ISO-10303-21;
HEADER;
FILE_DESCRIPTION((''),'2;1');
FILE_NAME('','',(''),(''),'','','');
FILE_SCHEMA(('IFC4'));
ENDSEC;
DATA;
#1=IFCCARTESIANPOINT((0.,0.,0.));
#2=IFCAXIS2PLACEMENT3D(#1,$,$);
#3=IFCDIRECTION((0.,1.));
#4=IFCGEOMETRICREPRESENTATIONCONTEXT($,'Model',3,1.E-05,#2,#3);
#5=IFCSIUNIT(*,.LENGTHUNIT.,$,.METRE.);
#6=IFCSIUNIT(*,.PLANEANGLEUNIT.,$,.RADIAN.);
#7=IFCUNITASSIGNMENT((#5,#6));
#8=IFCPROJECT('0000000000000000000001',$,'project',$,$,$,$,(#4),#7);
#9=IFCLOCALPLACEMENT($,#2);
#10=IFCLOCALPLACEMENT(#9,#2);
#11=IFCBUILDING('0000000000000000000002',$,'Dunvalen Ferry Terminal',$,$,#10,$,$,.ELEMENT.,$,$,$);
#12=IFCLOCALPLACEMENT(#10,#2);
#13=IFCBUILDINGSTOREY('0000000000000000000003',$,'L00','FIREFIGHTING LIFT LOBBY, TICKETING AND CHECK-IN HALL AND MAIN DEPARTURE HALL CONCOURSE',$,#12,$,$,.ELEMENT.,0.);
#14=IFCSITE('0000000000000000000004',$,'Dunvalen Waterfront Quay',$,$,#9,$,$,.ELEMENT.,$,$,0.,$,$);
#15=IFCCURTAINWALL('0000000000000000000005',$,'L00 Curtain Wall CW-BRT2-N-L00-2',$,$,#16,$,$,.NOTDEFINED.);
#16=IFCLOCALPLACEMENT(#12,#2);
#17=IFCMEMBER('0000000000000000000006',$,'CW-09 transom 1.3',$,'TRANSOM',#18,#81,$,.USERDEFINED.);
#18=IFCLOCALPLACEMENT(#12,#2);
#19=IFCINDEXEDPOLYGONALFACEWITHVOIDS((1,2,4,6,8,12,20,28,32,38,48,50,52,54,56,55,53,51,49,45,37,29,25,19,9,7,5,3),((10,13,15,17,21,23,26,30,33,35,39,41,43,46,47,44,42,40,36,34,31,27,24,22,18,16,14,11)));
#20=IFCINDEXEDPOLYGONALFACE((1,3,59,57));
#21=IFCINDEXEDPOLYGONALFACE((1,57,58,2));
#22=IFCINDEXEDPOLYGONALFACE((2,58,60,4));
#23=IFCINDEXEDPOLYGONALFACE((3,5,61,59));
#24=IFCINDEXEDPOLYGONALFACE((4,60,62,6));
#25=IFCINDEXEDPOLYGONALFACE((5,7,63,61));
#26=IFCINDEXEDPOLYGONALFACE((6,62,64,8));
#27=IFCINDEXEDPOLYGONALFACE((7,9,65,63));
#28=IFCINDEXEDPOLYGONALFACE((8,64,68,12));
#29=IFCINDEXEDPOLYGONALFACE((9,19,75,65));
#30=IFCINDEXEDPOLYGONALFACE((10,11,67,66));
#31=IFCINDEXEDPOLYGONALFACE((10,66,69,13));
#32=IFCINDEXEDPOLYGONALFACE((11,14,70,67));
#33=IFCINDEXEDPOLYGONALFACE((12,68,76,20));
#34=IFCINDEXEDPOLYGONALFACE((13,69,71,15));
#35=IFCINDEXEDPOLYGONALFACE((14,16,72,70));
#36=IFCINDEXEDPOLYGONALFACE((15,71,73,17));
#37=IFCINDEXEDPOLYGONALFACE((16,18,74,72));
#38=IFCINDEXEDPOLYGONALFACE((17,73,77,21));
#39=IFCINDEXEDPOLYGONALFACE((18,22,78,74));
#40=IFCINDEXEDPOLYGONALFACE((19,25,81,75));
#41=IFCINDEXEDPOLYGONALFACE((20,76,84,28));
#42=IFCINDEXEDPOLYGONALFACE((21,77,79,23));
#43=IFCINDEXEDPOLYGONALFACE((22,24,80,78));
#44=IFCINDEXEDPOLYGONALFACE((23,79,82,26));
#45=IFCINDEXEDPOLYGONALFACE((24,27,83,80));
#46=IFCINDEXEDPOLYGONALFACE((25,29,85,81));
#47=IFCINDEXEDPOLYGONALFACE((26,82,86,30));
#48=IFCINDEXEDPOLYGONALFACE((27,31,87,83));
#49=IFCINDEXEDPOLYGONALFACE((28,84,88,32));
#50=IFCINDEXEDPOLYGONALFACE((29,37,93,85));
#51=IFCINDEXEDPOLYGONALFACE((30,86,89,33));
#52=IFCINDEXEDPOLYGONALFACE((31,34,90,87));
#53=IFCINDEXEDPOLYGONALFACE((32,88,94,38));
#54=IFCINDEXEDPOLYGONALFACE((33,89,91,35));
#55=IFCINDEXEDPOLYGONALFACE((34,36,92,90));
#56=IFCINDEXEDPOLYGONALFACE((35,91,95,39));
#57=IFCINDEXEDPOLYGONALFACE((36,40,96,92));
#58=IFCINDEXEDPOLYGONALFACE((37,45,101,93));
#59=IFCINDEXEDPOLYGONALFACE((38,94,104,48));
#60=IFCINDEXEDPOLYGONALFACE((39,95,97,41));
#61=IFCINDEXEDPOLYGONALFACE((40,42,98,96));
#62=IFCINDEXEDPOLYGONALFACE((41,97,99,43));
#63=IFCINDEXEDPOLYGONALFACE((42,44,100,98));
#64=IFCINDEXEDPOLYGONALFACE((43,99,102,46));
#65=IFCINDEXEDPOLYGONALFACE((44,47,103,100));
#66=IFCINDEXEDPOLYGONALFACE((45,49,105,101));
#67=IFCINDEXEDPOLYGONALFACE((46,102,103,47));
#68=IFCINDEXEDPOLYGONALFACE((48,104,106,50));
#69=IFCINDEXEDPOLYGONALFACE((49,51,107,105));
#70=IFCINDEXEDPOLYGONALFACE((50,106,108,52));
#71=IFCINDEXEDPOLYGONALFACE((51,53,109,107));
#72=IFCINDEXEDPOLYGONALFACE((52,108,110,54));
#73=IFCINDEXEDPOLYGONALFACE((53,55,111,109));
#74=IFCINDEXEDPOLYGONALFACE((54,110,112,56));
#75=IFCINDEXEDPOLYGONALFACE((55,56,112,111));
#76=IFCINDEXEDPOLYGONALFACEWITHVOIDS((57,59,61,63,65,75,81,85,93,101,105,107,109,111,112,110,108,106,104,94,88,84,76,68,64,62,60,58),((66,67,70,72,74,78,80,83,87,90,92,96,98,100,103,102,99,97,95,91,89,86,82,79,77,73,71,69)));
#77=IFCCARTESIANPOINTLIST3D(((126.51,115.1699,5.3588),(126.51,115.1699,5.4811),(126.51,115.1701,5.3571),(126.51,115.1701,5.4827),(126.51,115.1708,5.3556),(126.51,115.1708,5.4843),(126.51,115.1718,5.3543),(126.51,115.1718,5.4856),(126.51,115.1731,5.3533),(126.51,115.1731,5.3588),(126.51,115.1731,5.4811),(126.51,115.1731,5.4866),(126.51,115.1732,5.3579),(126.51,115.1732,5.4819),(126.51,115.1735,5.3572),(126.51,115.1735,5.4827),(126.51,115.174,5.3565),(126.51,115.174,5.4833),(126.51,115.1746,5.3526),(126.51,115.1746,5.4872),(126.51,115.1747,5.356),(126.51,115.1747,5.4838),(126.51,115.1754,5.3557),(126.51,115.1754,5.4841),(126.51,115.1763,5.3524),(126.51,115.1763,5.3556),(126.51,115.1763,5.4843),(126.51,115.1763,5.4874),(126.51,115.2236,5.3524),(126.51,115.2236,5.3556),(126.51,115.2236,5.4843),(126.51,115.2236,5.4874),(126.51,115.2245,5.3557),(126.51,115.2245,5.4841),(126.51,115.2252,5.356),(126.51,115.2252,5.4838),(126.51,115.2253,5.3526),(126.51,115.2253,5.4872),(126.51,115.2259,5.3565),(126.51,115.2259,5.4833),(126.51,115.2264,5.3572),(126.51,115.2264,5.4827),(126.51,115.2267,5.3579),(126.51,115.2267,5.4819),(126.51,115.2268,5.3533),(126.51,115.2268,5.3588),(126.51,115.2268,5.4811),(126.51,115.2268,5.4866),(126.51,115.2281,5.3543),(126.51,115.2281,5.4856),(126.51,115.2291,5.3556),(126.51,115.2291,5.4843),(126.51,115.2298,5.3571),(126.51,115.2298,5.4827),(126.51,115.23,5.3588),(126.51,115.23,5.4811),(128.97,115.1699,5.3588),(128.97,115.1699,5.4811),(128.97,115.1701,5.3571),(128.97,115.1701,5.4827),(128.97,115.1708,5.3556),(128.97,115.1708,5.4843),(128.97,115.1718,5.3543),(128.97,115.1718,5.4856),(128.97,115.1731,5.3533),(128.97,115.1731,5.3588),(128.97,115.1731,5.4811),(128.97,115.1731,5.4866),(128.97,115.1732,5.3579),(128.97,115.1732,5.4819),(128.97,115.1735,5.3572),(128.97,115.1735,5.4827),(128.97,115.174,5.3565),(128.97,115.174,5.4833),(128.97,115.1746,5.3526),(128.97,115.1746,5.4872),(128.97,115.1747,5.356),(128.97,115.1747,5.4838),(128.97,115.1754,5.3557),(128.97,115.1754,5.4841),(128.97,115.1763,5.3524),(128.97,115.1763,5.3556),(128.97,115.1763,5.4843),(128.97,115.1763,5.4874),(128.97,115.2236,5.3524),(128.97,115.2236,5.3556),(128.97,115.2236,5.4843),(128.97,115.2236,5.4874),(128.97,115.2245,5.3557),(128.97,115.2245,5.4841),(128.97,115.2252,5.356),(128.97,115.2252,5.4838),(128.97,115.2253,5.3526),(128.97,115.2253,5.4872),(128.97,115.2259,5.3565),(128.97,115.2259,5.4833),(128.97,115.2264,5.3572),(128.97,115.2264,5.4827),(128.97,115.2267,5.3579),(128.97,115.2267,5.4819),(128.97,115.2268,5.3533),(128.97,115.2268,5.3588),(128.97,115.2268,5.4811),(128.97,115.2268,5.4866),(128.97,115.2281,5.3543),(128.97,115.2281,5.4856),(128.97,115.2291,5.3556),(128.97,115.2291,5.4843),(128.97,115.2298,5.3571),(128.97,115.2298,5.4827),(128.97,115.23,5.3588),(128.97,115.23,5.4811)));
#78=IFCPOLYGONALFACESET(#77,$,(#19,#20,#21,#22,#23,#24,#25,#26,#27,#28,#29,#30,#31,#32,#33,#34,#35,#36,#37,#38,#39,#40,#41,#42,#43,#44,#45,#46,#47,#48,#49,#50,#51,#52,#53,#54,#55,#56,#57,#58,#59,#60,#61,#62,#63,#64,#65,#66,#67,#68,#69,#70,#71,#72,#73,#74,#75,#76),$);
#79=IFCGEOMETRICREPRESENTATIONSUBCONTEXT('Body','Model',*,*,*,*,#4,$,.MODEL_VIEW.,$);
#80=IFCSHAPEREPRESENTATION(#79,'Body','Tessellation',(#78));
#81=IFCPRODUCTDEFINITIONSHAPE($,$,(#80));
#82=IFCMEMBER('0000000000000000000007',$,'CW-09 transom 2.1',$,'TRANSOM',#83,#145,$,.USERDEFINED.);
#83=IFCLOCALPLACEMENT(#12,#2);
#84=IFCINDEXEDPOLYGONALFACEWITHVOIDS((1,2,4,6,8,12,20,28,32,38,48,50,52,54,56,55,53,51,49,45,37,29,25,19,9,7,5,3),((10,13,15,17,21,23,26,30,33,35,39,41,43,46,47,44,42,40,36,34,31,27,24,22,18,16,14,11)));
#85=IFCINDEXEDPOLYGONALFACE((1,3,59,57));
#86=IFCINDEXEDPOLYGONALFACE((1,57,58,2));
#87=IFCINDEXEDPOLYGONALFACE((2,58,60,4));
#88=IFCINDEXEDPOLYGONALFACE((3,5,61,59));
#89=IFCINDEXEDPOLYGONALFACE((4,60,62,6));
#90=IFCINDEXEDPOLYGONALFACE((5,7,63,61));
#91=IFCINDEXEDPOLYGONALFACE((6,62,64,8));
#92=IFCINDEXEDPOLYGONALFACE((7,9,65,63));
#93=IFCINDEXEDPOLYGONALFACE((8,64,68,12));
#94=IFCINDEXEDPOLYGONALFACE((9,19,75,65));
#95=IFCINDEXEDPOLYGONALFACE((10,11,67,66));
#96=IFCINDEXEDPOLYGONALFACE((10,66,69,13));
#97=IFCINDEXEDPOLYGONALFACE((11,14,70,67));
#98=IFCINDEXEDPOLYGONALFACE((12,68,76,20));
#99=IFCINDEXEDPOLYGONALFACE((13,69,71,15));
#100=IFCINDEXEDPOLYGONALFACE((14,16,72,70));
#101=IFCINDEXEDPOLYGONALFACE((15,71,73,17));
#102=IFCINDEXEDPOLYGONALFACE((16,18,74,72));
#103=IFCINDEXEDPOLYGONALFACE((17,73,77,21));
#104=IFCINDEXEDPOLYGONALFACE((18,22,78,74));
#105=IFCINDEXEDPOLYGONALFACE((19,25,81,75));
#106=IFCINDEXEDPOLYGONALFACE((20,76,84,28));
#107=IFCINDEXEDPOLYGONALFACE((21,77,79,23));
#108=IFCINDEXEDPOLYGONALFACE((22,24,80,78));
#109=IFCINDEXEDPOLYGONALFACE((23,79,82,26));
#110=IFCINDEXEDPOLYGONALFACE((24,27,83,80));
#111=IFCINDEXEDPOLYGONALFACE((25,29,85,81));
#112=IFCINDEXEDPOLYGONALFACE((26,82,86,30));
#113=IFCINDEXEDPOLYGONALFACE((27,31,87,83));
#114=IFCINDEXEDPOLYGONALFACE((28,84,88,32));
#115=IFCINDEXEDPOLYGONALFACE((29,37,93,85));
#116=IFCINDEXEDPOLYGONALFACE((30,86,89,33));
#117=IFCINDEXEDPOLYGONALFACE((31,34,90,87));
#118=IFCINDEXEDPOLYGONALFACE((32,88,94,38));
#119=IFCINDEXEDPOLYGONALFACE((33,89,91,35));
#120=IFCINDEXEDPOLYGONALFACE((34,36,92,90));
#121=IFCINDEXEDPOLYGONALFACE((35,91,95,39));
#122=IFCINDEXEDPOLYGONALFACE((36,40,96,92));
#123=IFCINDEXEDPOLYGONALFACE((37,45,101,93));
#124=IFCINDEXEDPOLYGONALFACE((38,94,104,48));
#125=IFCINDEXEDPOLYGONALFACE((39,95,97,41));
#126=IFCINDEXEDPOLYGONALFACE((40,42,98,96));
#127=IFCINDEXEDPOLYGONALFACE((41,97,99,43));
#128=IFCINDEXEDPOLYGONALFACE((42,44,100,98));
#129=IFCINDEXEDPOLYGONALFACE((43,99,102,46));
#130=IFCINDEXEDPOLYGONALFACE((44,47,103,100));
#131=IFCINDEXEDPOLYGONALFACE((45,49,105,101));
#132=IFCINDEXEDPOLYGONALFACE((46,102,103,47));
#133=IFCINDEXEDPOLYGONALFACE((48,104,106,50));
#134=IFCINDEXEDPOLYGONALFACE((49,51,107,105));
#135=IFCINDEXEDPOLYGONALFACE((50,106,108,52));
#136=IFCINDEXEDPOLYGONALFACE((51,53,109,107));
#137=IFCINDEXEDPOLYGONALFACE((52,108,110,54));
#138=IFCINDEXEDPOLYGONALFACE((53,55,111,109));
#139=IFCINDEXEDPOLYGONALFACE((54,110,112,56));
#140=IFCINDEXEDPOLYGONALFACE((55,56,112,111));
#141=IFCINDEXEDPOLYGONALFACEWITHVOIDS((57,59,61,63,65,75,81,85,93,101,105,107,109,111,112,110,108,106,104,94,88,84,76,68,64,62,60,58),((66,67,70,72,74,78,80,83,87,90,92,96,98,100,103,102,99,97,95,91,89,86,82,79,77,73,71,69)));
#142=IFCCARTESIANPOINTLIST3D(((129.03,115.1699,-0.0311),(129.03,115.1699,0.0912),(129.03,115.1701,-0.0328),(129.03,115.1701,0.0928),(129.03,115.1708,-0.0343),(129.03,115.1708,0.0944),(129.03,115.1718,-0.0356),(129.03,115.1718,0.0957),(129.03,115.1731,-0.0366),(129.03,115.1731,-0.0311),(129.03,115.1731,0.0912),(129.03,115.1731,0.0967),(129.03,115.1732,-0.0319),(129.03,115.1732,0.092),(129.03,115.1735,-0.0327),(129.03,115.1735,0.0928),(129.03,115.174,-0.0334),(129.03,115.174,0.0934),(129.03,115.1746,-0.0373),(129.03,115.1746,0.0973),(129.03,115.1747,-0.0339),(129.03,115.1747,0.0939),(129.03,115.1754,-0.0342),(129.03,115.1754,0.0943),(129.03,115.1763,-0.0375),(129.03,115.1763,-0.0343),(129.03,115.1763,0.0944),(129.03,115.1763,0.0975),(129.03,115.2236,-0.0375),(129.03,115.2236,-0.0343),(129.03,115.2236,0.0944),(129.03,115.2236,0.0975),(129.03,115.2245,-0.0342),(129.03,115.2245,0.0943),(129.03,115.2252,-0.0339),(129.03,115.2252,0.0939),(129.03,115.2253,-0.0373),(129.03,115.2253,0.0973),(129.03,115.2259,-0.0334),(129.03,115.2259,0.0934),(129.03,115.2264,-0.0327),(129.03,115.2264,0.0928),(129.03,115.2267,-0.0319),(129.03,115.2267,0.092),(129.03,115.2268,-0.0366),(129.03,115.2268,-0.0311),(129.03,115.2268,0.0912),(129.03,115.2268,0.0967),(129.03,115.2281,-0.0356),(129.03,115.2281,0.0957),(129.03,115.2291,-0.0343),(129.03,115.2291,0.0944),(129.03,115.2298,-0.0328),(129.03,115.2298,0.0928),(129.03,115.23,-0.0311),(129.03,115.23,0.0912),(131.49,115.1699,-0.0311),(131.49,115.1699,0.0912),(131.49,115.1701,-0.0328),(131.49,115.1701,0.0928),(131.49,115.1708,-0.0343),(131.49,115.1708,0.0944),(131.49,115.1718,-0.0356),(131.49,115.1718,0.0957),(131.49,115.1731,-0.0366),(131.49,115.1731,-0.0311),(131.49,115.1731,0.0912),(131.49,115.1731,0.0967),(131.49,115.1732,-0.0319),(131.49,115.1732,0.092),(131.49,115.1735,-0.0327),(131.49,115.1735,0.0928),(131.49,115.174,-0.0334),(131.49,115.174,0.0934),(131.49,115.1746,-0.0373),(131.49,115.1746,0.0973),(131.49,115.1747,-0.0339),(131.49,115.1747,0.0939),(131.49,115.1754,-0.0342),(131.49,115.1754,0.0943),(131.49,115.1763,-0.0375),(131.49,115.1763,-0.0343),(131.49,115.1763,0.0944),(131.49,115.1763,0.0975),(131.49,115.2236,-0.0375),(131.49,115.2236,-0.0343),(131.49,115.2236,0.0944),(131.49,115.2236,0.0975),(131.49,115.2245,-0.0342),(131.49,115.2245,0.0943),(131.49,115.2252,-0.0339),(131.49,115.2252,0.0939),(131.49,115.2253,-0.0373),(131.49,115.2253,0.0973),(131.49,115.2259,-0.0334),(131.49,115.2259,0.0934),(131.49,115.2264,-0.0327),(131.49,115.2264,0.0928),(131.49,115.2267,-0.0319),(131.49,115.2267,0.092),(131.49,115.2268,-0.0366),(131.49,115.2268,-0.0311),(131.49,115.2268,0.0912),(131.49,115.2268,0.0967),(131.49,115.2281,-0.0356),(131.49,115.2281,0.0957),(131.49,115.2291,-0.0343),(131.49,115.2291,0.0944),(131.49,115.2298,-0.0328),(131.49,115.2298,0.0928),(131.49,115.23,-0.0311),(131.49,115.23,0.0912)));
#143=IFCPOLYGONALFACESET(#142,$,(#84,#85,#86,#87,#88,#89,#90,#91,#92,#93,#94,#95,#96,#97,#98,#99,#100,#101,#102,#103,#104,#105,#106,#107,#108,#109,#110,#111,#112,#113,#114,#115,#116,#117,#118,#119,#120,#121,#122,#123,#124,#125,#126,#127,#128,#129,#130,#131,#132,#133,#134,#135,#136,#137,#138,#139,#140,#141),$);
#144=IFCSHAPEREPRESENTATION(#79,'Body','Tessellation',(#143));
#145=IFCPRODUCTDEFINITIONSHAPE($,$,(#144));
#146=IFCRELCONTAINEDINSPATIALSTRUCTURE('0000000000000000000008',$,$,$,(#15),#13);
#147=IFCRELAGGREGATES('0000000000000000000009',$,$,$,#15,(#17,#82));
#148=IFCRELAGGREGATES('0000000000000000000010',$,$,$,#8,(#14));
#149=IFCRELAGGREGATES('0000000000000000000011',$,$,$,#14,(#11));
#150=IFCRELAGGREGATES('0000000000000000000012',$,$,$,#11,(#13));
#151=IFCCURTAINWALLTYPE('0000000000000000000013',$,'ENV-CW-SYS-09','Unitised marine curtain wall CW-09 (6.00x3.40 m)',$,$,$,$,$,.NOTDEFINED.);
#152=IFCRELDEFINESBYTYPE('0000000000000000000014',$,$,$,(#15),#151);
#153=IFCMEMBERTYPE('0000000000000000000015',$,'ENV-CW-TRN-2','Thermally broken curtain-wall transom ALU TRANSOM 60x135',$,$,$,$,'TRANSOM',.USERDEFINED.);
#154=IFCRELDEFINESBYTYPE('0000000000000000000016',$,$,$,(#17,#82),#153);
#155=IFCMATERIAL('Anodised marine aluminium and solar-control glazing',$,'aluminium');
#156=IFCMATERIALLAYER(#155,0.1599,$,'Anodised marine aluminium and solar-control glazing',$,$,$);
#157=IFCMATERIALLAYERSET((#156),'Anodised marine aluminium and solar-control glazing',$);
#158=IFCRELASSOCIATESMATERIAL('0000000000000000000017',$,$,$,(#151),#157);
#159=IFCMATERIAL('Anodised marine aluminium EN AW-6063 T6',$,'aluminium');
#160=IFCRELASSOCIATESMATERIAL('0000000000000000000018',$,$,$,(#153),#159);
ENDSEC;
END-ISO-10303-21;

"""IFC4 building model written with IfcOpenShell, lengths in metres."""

from ifc_helpers import new_model, si_unit, direction, frame, origin, origin_2d, place, context, subcontext, project, spatial, hollow_rectangle, extrude, material, layer, layer_set, material_profile, profile_set, type_object, element, aggregate, save


model = new_model("IFC4")

# Units and contexts
model_context = context("Model", 3, precision=1e-05, world=origin(), true_north=direction((0.0, 1.0)))
body_context = subcontext(model_context, "Body", "Model", "MODEL_VIEW")
ifc_project = project(units=[si_unit("LENGTHUNIT", "METRE"), si_unit("PLANEANGLEUNIT", "RADIAN")], contexts=[model_context])

# Site, building, storey
site_placement = place(None, origin())
site = spatial("IfcSite", under=ifc_project, at=site_placement, Name="Dunvalen Waterfront Quay", CompositionType="ELEMENT", RefElevation=0.0)
building_placement = place(site_placement, origin())
building = spatial("IfcBuilding", under=site, at=building_placement, Name="Dunvalen Ferry Terminal", CompositionType="ELEMENT")
storey_placement = place(building_placement, origin())
storey = spatial("IfcBuildingStorey", under=building, at=storey_placement, Name="L00", Description="FIREFIGHTING LIFT LOBBY, TICKETING AND CHECK-IN HALL AND MAIN DEPARTURE HALL CONCOURSE", CompositionType="ELEMENT", Elevation=0.0)

# Shared definitions
ifc_material_1 = material(Name="Anodised marine aluminium and solar-control glazing", Category="aluminium")
ifc_layer_1 = layer(ifc_material_1, 0.1599, Name="Anodised marine aluminium and solar-control glazing")
ifc_layer_set_1 = layer_set([ifc_layer_1], Name="Anodised marine aluminium and solar-control glazing")
curtain_wall_type = type_object("IfcCurtainWallType", Name="ENV-CW-SYS-09", Description="Unitised marine curtain wall CW-09 (6.00x3.40 m)", PredefinedType="NOTDEFINED", material=ifc_layer_set_1)
ifc_material_2 = material(Name="Anodised marine aluminium EN AW-6063 T6", Category="aluminium")

# Curtain wall, members
curtain_wall_1_placement = place(storey_placement, origin())
curtain_wall_1 = element("IfcCurtainWall", 1, at=curtain_wall_1_placement, inside=storey, type_object=curtain_wall_type, Name="L00 Curtain Wall CW-BRT2-N-L00-2", PredefinedType="NOTDEFINED")
ifc_material_profile_1 = material_profile(ifc_material_2, hollow_rectangle(XDim=0.0601, YDim=0.135, WallThickness=0.0032, InnerFilletRadius=0.0032, OuterFilletRadius=0.0063, at=origin_2d()), Name="Anodised marine aluminium EN AW-6063 T6")
ifc_profile_set_1 = profile_set([ifc_material_profile_1], Name="Anodised marine aluminium EN AW-6063 T6")
member_type_1 = type_object("IfcMemberType", Name="ENV-CW-TRN-2", Description="Thermally broken curtain-wall transom ALU TRANSOM 60x135", ElementType="TRANSOM", PredefinedType="USERDEFINED", material=ifc_profile_set_1)
member_1_placement = place(storey_placement, frame((126.51, 115.2, 5.4199), z_axis=(1.0, 0.0, 0.0), x_axis=(0.0, 1.0, 0.0)))
member_1 = element("IfcMember", 2, at=member_1_placement, type_object=member_type_1, Name="CW-09 transom 1.3", ObjectType="TRANSOM", PredefinedType="USERDEFINED", context=body_context, shape_type="SweptSolid", body=[
    extrude(hollow_rectangle(XDim=0.0601, YDim=0.135, WallThickness=0.0032, InnerFilletRadius=0.0032, OuterFilletRadius=0.0063, at=origin_2d()), origin(), (0.0, 0.0, 1.0), 2.46),
])
member_2_placement = place(storey_placement, frame((129.03, 115.2, 0.03), z_axis=(1.0, 0.0, 0.0), x_axis=(0.0, 1.0, 0.0)))
member_2 = element("IfcMember", 3, at=member_2_placement, type_object=member_type_1, Name="CW-09 transom 2.1", ObjectType="TRANSOM", PredefinedType="USERDEFINED", context=body_context, shape_type="SweptSolid", body=[
    extrude(hollow_rectangle(XDim=0.0601, YDim=0.135, WallThickness=0.0032, InnerFilletRadius=0.0032, OuterFilletRadius=0.0063, at=origin_2d()), origin(), (0.0, 0.0, 1.0), 2.46),
])

aggregate(curtain_wall_1, [member_1, member_2])

save(model, "model.ifc")
